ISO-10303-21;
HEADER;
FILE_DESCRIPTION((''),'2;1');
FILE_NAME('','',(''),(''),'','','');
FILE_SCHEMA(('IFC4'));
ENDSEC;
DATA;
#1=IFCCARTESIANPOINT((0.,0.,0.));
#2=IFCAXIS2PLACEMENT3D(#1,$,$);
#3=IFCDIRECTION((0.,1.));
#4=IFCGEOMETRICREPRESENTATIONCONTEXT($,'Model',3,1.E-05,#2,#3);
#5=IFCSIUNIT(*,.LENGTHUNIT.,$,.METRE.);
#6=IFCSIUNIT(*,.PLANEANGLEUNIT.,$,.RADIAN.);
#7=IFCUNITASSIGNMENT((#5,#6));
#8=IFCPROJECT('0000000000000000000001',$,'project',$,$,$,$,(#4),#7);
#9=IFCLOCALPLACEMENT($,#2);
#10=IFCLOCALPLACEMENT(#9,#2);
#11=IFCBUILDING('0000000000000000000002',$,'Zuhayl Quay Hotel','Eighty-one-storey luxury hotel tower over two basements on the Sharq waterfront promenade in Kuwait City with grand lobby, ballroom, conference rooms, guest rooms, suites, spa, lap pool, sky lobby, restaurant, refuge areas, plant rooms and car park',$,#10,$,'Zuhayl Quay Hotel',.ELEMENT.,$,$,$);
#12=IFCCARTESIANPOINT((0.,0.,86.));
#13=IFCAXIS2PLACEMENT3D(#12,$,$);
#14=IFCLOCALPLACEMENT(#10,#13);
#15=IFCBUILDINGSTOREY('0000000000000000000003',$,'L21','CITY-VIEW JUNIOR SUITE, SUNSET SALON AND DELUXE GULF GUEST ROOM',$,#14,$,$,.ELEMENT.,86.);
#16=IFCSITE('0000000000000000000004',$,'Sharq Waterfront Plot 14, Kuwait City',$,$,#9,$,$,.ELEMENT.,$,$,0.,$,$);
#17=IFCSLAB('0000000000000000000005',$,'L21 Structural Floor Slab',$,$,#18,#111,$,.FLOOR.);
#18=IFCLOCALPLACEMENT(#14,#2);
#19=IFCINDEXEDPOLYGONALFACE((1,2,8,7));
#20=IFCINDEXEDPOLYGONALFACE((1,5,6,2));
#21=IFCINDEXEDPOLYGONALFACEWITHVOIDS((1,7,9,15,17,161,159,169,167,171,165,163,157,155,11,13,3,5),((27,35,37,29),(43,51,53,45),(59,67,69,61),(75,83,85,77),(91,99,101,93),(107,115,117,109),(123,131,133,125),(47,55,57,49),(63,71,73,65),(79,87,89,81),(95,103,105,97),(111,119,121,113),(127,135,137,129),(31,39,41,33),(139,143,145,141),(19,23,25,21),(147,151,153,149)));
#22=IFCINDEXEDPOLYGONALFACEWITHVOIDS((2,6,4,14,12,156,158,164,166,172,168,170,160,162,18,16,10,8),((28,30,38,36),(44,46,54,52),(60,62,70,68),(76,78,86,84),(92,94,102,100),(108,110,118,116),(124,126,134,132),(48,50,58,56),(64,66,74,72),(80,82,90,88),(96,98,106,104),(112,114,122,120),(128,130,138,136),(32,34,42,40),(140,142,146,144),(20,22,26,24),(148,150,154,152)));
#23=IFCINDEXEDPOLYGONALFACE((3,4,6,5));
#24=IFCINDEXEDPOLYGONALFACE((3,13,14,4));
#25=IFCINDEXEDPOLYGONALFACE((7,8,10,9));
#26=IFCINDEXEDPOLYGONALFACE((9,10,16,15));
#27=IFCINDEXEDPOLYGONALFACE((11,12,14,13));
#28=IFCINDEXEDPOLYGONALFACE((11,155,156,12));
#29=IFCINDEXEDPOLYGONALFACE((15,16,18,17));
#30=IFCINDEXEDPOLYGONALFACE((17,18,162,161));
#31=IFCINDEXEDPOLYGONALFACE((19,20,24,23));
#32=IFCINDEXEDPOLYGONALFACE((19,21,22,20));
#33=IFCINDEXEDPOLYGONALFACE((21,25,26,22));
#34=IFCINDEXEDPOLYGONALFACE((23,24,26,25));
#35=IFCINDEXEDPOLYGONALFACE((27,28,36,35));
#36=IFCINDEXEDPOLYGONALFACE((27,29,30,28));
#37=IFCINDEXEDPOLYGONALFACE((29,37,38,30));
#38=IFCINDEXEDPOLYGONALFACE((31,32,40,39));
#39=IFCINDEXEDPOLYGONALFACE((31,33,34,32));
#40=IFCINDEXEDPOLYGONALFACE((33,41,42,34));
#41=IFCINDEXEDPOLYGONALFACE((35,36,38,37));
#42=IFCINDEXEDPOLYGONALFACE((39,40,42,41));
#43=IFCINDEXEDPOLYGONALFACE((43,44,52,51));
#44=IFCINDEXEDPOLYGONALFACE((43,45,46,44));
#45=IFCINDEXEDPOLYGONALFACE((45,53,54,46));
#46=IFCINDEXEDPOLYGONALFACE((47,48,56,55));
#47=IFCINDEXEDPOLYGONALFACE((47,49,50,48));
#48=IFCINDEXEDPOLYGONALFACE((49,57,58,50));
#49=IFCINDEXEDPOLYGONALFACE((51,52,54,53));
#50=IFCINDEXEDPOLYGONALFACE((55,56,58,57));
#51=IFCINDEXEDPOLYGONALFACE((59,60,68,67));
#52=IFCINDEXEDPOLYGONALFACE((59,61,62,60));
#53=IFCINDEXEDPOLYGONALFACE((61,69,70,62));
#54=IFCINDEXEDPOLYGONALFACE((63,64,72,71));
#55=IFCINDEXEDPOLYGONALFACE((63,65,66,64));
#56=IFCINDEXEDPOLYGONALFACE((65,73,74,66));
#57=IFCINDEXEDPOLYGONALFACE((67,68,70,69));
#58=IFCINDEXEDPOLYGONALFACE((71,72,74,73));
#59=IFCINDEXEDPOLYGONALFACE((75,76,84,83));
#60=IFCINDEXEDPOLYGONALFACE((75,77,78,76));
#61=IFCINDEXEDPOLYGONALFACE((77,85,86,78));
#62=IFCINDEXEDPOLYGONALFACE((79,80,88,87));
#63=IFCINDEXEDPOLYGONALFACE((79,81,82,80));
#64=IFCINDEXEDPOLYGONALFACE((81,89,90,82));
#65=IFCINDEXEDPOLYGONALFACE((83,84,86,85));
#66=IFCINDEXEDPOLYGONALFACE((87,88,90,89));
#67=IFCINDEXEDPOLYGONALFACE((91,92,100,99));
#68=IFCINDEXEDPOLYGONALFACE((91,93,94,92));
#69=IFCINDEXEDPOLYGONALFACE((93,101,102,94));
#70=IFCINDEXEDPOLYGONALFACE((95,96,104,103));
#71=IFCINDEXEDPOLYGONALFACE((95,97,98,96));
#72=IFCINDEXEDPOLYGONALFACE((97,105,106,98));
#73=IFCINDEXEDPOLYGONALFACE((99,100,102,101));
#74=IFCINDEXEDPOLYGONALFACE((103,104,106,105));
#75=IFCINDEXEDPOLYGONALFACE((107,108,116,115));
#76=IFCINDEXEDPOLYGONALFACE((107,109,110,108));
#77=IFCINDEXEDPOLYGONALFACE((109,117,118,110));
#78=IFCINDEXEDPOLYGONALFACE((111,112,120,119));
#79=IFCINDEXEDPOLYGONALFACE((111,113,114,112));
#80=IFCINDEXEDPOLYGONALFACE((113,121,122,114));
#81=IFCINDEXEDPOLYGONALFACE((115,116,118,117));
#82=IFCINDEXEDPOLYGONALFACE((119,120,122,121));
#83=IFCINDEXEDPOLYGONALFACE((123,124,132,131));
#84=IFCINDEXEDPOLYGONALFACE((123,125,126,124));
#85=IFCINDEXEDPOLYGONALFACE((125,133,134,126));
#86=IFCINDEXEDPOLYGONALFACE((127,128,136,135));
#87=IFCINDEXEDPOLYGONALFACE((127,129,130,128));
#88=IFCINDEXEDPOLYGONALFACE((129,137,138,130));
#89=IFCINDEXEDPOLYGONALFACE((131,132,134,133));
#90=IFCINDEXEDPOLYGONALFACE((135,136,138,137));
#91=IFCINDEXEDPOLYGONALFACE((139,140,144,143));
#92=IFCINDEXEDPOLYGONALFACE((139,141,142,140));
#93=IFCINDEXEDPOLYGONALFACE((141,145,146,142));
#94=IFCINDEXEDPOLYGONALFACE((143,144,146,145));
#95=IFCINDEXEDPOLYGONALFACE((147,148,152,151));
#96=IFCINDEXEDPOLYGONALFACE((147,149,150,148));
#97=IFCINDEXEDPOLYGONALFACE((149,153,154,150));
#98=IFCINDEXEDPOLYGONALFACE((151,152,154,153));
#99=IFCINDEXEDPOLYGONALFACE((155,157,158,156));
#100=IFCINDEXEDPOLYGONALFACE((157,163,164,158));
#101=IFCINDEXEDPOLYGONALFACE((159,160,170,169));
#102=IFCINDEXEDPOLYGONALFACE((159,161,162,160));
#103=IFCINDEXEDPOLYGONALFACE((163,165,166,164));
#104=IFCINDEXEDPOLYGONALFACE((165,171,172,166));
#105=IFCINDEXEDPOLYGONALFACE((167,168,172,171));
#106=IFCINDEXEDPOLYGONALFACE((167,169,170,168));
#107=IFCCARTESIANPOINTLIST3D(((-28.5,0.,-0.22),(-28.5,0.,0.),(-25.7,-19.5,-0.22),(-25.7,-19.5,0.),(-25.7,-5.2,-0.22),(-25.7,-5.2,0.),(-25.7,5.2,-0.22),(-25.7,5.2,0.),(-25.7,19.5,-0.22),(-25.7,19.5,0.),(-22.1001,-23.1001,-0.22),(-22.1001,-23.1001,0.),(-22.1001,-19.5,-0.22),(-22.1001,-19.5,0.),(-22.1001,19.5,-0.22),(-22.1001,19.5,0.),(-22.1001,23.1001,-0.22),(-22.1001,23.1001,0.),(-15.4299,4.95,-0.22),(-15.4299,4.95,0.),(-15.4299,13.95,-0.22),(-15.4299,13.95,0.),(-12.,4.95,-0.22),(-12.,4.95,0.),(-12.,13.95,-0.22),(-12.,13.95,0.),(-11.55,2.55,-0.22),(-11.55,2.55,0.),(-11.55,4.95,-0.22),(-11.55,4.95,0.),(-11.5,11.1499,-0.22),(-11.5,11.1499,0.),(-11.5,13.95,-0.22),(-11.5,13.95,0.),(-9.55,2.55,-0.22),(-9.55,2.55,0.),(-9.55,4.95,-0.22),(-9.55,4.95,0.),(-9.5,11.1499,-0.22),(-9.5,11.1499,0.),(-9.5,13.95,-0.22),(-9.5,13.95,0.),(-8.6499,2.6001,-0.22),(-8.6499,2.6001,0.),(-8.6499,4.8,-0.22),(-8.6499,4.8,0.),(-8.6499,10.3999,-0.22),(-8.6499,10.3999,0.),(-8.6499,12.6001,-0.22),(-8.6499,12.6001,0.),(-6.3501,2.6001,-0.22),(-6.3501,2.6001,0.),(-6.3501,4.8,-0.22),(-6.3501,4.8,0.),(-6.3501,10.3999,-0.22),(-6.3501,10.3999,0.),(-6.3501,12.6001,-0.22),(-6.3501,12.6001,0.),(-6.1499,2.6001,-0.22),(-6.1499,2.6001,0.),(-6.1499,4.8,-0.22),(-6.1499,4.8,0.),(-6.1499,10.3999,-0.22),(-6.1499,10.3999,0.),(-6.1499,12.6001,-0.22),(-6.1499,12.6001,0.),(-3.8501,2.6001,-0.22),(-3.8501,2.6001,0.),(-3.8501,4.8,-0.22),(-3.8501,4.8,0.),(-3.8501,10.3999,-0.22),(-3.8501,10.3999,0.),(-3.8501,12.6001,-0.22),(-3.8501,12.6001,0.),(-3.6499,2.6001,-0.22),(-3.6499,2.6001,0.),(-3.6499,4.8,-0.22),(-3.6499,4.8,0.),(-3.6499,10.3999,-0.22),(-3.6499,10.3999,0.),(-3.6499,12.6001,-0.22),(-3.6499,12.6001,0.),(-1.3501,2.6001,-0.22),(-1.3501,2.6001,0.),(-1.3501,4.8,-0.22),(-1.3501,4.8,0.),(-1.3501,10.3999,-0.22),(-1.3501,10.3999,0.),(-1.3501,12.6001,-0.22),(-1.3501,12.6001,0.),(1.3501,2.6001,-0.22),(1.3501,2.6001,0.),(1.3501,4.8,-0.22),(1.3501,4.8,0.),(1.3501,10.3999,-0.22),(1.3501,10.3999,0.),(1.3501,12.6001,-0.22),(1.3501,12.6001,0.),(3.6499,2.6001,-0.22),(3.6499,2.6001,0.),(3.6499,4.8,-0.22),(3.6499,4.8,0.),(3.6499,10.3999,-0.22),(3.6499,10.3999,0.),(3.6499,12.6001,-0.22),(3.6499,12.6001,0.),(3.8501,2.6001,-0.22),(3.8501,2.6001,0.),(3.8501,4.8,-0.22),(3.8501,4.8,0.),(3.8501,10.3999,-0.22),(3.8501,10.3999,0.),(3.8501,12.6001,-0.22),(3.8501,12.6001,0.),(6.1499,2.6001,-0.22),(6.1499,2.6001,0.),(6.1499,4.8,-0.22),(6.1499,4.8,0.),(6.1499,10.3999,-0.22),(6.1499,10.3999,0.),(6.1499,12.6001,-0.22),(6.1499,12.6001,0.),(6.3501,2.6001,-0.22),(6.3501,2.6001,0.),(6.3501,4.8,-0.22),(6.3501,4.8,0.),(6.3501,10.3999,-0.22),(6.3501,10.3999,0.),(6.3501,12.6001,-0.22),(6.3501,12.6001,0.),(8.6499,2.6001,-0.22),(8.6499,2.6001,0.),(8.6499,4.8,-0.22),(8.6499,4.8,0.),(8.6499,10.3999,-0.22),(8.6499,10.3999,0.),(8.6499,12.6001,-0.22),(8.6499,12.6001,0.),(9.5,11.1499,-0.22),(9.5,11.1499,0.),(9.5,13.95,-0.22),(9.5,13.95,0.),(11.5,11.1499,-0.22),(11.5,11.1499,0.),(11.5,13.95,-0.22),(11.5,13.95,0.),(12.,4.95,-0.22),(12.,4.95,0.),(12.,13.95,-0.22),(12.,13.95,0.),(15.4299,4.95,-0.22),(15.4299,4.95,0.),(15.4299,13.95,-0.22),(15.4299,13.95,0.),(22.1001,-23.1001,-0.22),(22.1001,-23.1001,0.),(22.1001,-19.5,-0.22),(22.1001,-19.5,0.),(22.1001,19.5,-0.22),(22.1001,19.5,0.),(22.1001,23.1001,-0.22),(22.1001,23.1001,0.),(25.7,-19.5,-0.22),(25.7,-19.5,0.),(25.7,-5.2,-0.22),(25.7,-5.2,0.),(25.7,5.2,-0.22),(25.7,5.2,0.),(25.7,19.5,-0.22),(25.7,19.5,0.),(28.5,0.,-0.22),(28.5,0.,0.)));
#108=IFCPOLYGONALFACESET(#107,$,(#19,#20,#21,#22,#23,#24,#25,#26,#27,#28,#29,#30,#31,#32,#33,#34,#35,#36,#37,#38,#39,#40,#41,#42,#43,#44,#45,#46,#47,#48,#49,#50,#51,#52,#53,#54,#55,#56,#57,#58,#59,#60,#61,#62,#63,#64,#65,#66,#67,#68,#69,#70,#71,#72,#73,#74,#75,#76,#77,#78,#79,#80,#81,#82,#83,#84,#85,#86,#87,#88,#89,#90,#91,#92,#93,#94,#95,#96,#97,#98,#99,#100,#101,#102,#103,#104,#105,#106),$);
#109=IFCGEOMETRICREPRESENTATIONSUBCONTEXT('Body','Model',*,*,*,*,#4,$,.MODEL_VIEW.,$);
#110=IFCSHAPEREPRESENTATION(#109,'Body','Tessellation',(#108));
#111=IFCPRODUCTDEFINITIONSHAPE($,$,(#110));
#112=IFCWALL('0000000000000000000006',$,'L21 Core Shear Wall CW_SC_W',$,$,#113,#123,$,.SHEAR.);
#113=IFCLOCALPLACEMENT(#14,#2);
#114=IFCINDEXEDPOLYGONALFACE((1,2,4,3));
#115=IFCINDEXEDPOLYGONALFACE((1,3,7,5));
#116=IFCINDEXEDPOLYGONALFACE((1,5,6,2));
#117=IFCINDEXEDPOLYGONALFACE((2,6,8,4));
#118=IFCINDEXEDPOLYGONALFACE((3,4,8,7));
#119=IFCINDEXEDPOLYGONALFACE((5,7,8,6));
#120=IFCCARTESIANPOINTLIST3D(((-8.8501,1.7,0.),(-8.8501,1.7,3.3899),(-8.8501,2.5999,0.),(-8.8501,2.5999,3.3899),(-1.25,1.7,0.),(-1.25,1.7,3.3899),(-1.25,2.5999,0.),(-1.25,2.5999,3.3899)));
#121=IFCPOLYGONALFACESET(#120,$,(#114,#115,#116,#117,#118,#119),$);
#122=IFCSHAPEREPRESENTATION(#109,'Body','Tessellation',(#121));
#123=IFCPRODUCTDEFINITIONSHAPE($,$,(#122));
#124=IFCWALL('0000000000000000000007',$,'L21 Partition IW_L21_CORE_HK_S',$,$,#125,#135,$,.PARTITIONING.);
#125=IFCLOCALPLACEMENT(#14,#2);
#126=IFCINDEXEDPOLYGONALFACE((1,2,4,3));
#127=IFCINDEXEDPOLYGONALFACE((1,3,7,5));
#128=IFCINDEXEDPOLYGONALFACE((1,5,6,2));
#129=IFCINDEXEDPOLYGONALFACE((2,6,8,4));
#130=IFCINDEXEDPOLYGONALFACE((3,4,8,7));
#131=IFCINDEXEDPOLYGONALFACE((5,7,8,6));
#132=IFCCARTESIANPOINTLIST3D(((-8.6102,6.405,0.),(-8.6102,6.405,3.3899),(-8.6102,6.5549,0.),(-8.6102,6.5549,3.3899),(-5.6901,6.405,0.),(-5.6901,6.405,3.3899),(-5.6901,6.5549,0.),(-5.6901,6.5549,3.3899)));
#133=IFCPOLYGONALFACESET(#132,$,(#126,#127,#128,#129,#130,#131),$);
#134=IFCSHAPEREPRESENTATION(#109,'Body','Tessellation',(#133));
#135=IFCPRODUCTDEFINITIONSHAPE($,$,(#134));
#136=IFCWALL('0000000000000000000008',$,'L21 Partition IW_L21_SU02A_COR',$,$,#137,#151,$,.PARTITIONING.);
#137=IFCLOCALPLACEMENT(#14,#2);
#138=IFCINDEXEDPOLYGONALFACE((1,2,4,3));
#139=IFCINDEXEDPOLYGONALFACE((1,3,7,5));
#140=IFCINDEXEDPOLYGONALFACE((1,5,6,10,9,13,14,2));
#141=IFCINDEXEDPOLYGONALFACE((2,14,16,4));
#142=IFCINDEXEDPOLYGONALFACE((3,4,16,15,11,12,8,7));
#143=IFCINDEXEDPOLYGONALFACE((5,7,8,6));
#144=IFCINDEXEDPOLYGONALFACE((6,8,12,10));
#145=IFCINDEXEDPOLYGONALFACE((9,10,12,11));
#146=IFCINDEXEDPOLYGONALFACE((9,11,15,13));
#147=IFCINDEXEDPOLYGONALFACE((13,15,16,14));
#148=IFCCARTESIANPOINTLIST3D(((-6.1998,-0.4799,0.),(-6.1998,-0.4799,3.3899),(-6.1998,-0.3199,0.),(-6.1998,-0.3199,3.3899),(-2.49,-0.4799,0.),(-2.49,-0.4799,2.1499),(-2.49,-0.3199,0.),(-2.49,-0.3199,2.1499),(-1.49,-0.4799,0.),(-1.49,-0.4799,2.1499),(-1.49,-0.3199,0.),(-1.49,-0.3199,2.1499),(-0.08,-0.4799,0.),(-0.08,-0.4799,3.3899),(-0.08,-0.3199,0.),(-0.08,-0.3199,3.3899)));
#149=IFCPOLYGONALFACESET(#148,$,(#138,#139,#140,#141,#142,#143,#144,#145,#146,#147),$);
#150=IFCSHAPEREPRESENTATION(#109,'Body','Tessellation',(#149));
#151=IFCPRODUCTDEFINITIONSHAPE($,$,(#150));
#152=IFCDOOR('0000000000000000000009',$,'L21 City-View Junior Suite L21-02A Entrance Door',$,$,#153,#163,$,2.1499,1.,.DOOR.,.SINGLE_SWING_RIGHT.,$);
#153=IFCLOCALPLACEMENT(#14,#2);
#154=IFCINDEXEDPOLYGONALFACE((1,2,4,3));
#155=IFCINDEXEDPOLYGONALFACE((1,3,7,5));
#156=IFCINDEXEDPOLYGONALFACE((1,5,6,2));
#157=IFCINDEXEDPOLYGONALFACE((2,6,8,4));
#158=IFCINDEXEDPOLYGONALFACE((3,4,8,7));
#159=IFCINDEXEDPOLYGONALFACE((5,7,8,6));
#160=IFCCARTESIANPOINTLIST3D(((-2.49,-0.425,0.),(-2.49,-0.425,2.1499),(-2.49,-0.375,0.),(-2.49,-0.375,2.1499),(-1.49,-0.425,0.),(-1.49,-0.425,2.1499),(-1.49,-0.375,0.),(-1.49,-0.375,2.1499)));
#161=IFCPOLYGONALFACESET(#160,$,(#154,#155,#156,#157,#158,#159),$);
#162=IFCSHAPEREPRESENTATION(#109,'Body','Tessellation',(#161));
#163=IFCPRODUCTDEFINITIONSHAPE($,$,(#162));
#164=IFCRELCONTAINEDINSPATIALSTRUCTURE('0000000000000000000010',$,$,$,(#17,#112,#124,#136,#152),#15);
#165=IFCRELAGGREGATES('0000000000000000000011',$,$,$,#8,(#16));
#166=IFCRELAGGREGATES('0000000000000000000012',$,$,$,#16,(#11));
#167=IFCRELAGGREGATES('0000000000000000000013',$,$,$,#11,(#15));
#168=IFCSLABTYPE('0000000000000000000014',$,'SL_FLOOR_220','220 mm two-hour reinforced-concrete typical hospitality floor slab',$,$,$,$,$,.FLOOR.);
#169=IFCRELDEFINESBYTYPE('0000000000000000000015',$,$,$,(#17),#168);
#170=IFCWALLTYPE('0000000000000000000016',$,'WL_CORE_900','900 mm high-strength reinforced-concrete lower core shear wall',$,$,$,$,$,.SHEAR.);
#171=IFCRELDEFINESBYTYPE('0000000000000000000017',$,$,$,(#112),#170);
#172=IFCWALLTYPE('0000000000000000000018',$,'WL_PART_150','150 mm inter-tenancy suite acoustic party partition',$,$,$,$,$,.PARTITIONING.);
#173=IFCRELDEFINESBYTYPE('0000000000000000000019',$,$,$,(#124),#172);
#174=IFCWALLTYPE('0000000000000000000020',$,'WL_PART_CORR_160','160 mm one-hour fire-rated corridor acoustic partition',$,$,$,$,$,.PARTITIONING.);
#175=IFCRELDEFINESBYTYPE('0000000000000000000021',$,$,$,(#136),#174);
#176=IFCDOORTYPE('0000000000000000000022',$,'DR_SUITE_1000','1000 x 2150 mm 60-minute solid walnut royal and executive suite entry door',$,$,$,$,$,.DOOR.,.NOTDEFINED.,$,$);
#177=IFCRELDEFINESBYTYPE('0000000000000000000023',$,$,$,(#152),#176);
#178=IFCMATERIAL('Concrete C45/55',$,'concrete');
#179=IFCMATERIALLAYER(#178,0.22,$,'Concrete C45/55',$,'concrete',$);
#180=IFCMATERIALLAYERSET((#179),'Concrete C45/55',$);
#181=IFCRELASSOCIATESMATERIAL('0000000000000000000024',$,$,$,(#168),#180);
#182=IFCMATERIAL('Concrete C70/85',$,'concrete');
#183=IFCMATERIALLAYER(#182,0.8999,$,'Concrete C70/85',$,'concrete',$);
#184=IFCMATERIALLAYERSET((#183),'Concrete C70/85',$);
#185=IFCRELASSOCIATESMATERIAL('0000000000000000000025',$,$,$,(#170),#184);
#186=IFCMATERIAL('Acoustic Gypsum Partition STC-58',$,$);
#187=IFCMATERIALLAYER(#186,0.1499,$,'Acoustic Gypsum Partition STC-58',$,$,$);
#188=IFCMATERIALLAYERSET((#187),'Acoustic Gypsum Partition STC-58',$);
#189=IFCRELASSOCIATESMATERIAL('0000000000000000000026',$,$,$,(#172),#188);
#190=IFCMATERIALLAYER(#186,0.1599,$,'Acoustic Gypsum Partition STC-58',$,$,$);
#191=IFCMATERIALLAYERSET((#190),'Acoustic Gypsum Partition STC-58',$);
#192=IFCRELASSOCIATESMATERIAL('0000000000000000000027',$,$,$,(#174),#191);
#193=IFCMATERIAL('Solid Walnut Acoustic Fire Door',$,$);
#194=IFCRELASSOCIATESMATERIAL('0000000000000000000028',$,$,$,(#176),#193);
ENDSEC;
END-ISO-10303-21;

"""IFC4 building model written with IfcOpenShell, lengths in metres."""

from ifc_helpers import new_model, si_unit, direction, frame, frame_2d, origin, place, context, subcontext, project, spatial, polyline, rectangle, outline, extrude, material, layer, layer_set, type_object, element, fill, save


model = new_model("IFC4")

# Units and contexts
model_context = context("Model", 3, precision=1e-05, world=origin(), true_north=direction((0.0, 1.0)))
body_context = subcontext(model_context, "Body", "Model", "MODEL_VIEW")
ifc_project = project(units=[si_unit("LENGTHUNIT", "METRE"), si_unit("PLANEANGLEUNIT", "RADIAN")], contexts=[model_context])

# Site, building, storey
site_placement = place(None, origin())
site = spatial("IfcSite", under=ifc_project, at=site_placement, Name="Sharq Waterfront Plot 14, Kuwait City", CompositionType="ELEMENT", RefElevation=0.0)
building_placement = place(site_placement, origin())
building = spatial("IfcBuilding", under=site, at=building_placement, Name="Zuhayl Quay Hotel", Description="Eighty-one-storey luxury hotel tower over two basements on the Sharq waterfront promenade in Kuwait City with grand lobby, ballroom, conference rooms, guest rooms, suites, spa, lap pool, sky lobby, restaurant, refuge areas, plant rooms and car park", LongName="Zuhayl Quay Hotel", CompositionType="ELEMENT")
storey_placement = place(building_placement, frame((0.0, 0.0, 86.0)))
storey = spatial("IfcBuildingStorey", under=building, at=storey_placement, Name="L21", Description="CITY-VIEW JUNIOR SUITE, SUNSET SALON AND DELUXE GULF GUEST ROOM", CompositionType="ELEMENT", Elevation=86.0)

# Shared definitions
ifc_material_1 = material(Name="Concrete C70/85", Category="concrete")

# Slab
ifc_material_2 = material(Name="Concrete C45/55", Category="concrete")
ifc_layer_1 = layer(ifc_material_2, 0.22, Name="Concrete C45/55", Category="concrete")
ifc_layer_set_1 = layer_set([ifc_layer_1], Name="Concrete C45/55")
slab_type = type_object("IfcSlabType", Name="SL_FLOOR_220", Description="220 mm two-hour reinforced-concrete typical hospitality floor slab", PredefinedType="FLOOR", material=ifc_layer_set_1)
slab_placement = place(storey_placement, frame((0.0, 0.0, -0.22)))
element("IfcSlab", 1, at=slab_placement, inside=storey, type_object=slab_type, Name="L21 Structural Floor Slab", PredefinedType="FLOOR", context=body_context, shape_type="SweptSolid", body=[
    extrude(outline(polyline([(-22.1001, -23.1001), (22.1001, -23.1001), (22.1001, -19.5), (25.7, -19.5), (25.7, -5.2), (28.5, 0.0), (25.7, 5.2), (25.7, 19.5), (22.1001, 19.5), (22.1001, 23.1001), (-22.1001, 23.1001), (-22.1001, 19.5), (-25.7, 19.5), (-25.7, 5.2), (-28.5, 0.0), (-25.7, -5.2), (-25.7, -19.5), (-22.1001, -19.5), (-22.1001, -23.1001)]), holes=[polyline([(-12.0, 4.95), (-12.0, 13.95), (-15.4299, 13.95), (-15.4299, 4.95), (-12.0, 4.95)]), polyline([(15.4299, 4.95), (15.4299, 13.95), (12.0, 13.95), (12.0, 4.95), (15.4299, 4.95)]), polyline([(-11.5, 11.1499), (-9.5, 11.1499), (-9.5, 13.95), (-11.5, 13.95), (-11.5, 11.1499)]), polyline([(9.5, 11.1499), (11.5, 11.1499), (11.5, 13.95), (9.5, 13.95), (9.5, 11.1499)]), polyline([(-8.6499, 2.6001), (-6.3501, 2.6001), (-6.3501, 4.8), (-8.6499, 4.8), (-8.6499, 2.6001)]), polyline([(-6.1499, 2.6001), (-3.8501, 2.6001), (-3.8501, 4.8), (-6.1499, 4.8), (-6.1499, 2.6001)]), polyline([(-8.6499, 10.3999), (-6.3501, 10.3999), (-6.3501, 12.6001), (-8.6499, 12.6001), (-8.6499, 10.3999)]), polyline([(-6.1499, 10.3999), (-3.8501, 10.3999), (-3.8501, 12.6001), (-6.1499, 12.6001), (-6.1499, 10.3999)]), polyline([(-3.6499, 2.6001), (-1.3501, 2.6001), (-1.3501, 4.8), (-3.6499, 4.8), (-3.6499, 2.6001)]), polyline([(1.3501, 2.6001), (3.6499, 2.6001), (3.6499, 4.8), (1.3501, 4.8), (1.3501, 2.6001)]), polyline([(-3.6499, 10.3999), (-1.3501, 10.3999), (-1.3501, 12.6001), (-3.6499, 12.6001), (-3.6499, 10.3999)]), polyline([(1.3501, 10.3999), (3.6499, 10.3999), (3.6499, 12.6001), (1.3501, 12.6001), (1.3501, 10.3999)]), polyline([(3.8501, 2.6001), (6.1499, 2.6001), (6.1499, 4.8), (3.8501, 4.8), (3.8501, 2.6001)]), polyline([(6.3501, 2.6001), (8.6499, 2.6001), (8.6499, 4.8), (6.3501, 4.8), (6.3501, 2.6001)]), polyline([(3.8501, 10.3999), (6.1499, 10.3999), (6.1499, 12.6001), (3.8501, 12.6001), (3.8501, 10.3999)]), polyline([(6.3501, 10.3999), (8.6499, 10.3999), (8.6499, 12.6001), (6.3501, 12.6001), (6.3501, 10.3999)]), polyline([(-11.55, 2.55), (-9.55, 2.55), (-9.55, 4.95), (-11.55, 4.95), (-11.55, 2.55)])]), origin(), (0.0, 0.0, 1.0), 0.22),
])

# Walls
ifc_layer_2 = layer(ifc_material_1, 0.8999, Name="Concrete C70/85", Category="concrete")
ifc_layer_set_2 = layer_set([ifc_layer_2], Name="Concrete C70/85")
wall_type_1 = type_object("IfcWallType", Name="WL_CORE_900", Description="900 mm high-strength reinforced-concrete lower core shear wall", PredefinedType="SHEAR", material=ifc_layer_set_2)
wall_1_placement = place(storey_placement, frame((-8.8501, 2.1499, 0.0), z_axis=(0.0, 0.0, 1.0), x_axis=(1.0, 0.0, 0.0)))
element("IfcWall", 2, at=wall_1_placement, inside=storey, type_object=wall_type_1, Name="L21 Core Shear Wall CW_SC_W", PredefinedType="SHEAR", context=body_context, shape_type="SweptSolid", body=[
    extrude(rectangle(XDim=7.6001, YDim=0.8999, at=frame_2d((3.8, 0.0))), origin(), (0.0, 0.0, 1.0), 3.3899),
])
ifc_material_3 = material(Name="Acoustic Gypsum Partition STC-58")
ifc_layer_3 = layer(ifc_material_3, 0.1499, Name="Acoustic Gypsum Partition STC-58")
ifc_layer_set_3 = layer_set([ifc_layer_3], Name="Acoustic Gypsum Partition STC-58")
wall_type_2 = type_object("IfcWallType", Name="WL_PART_150", Description="150 mm inter-tenancy suite acoustic party partition", PredefinedType="PARTITIONING", material=ifc_layer_set_3)
wall_2_placement = place(storey_placement, frame((-8.6101, 6.48, 0.0), z_axis=(0.0, 0.0, 1.0), x_axis=(1.0, 0.0, 0.0)))
element("IfcWall", 3, at=wall_2_placement, inside=storey, type_object=wall_type_2, Name="L21 Partition IW_L21_CORE_HK_S", PredefinedType="PARTITIONING", context=body_context, shape_type="SweptSolid", body=[
    extrude(rectangle(XDim=2.9202, YDim=0.1499, at=frame_2d((1.46, 0.0))), origin(), (0.0, 0.0, 1.0), 3.3899),
])

# Wall, opening, door
ifc_layer_4 = layer(ifc_material_3, 0.1599, Name="Acoustic Gypsum Partition STC-58")
ifc_layer_set_4 = layer_set([ifc_layer_4], Name="Acoustic Gypsum Partition STC-58")
wall_type_3 = type_object("IfcWallType", Name="WL_PART_CORR_160", Description="160 mm one-hour fire-rated corridor acoustic partition", PredefinedType="PARTITIONING", material=ifc_layer_set_4)
wall_3_placement = place(storey_placement, frame((-6.2, -0.3999, 0.0), z_axis=(0.0, 0.0, 1.0), x_axis=(1.0, 0.0, 0.0)))
wall_3 = element("IfcWall", 4, at=wall_3_placement, inside=storey, type_object=wall_type_3, Name="L21 Partition IW_L21_SU02A_COR", PredefinedType="PARTITIONING", context=body_context, shape_type="SweptSolid", body=[
    extrude(rectangle(XDim=6.1199, YDim=0.1599, at=frame_2d((3.0601, 0.0))), origin(), (0.0, 0.0, 1.0), 3.3899),
])
opening_1_placement = place(wall_3_placement, frame((3.71, 0.0, 0.0)))
opening_1 = element("IfcOpeningElement", 5, at=opening_1_placement, cuts=wall_3, PredefinedType="OPENING", context=body_context, shape_type="SweptSolid", body=[
    extrude(rectangle(XDim=1.0, YDim=2.1499, at=frame_2d((0.5, 1.075))), frame((0.0, 0.0898, 0.0), z_axis=(0.0, -1.0, 0.0), x_axis=(1.0, 0.0, 0.0)), (0.0, 0.0, 1.0), 0.1799),
])
ifc_material_4 = material(Name="Solid Walnut Acoustic Fire Door")
door_type_1 = type_object("IfcDoorType", Name="DR_SUITE_1000", Description="1000 x 2150 mm 60-minute solid walnut royal and executive suite entry door", OperationType="NOTDEFINED", PredefinedType="DOOR", material=ifc_material_4)
door_1_placement = place(opening_1_placement, origin())
door_1 = element("IfcDoor", 6, at=door_1_placement, inside=storey, type_object=door_type_1, Name="L21 City-View Junior Suite L21-02A Entrance Door", OperationType="SINGLE_SWING_RIGHT", OverallHeight=2.1499, OverallWidth=1.0, PredefinedType="DOOR", context=body_context, shape_type="SweptSolid", body=[
    extrude(rectangle(XDim=1.0, YDim=2.1499, at=frame_2d((0.5, 1.075))), frame((0.0, 0.0249, 0.0), z_axis=(0.0, -1.0, 0.0), x_axis=(1.0, 0.0, 0.0)), (0.0, 0.0, 1.0), 0.05),
])
fill(opening_1, door_1)

save(model, "model.ifc")
